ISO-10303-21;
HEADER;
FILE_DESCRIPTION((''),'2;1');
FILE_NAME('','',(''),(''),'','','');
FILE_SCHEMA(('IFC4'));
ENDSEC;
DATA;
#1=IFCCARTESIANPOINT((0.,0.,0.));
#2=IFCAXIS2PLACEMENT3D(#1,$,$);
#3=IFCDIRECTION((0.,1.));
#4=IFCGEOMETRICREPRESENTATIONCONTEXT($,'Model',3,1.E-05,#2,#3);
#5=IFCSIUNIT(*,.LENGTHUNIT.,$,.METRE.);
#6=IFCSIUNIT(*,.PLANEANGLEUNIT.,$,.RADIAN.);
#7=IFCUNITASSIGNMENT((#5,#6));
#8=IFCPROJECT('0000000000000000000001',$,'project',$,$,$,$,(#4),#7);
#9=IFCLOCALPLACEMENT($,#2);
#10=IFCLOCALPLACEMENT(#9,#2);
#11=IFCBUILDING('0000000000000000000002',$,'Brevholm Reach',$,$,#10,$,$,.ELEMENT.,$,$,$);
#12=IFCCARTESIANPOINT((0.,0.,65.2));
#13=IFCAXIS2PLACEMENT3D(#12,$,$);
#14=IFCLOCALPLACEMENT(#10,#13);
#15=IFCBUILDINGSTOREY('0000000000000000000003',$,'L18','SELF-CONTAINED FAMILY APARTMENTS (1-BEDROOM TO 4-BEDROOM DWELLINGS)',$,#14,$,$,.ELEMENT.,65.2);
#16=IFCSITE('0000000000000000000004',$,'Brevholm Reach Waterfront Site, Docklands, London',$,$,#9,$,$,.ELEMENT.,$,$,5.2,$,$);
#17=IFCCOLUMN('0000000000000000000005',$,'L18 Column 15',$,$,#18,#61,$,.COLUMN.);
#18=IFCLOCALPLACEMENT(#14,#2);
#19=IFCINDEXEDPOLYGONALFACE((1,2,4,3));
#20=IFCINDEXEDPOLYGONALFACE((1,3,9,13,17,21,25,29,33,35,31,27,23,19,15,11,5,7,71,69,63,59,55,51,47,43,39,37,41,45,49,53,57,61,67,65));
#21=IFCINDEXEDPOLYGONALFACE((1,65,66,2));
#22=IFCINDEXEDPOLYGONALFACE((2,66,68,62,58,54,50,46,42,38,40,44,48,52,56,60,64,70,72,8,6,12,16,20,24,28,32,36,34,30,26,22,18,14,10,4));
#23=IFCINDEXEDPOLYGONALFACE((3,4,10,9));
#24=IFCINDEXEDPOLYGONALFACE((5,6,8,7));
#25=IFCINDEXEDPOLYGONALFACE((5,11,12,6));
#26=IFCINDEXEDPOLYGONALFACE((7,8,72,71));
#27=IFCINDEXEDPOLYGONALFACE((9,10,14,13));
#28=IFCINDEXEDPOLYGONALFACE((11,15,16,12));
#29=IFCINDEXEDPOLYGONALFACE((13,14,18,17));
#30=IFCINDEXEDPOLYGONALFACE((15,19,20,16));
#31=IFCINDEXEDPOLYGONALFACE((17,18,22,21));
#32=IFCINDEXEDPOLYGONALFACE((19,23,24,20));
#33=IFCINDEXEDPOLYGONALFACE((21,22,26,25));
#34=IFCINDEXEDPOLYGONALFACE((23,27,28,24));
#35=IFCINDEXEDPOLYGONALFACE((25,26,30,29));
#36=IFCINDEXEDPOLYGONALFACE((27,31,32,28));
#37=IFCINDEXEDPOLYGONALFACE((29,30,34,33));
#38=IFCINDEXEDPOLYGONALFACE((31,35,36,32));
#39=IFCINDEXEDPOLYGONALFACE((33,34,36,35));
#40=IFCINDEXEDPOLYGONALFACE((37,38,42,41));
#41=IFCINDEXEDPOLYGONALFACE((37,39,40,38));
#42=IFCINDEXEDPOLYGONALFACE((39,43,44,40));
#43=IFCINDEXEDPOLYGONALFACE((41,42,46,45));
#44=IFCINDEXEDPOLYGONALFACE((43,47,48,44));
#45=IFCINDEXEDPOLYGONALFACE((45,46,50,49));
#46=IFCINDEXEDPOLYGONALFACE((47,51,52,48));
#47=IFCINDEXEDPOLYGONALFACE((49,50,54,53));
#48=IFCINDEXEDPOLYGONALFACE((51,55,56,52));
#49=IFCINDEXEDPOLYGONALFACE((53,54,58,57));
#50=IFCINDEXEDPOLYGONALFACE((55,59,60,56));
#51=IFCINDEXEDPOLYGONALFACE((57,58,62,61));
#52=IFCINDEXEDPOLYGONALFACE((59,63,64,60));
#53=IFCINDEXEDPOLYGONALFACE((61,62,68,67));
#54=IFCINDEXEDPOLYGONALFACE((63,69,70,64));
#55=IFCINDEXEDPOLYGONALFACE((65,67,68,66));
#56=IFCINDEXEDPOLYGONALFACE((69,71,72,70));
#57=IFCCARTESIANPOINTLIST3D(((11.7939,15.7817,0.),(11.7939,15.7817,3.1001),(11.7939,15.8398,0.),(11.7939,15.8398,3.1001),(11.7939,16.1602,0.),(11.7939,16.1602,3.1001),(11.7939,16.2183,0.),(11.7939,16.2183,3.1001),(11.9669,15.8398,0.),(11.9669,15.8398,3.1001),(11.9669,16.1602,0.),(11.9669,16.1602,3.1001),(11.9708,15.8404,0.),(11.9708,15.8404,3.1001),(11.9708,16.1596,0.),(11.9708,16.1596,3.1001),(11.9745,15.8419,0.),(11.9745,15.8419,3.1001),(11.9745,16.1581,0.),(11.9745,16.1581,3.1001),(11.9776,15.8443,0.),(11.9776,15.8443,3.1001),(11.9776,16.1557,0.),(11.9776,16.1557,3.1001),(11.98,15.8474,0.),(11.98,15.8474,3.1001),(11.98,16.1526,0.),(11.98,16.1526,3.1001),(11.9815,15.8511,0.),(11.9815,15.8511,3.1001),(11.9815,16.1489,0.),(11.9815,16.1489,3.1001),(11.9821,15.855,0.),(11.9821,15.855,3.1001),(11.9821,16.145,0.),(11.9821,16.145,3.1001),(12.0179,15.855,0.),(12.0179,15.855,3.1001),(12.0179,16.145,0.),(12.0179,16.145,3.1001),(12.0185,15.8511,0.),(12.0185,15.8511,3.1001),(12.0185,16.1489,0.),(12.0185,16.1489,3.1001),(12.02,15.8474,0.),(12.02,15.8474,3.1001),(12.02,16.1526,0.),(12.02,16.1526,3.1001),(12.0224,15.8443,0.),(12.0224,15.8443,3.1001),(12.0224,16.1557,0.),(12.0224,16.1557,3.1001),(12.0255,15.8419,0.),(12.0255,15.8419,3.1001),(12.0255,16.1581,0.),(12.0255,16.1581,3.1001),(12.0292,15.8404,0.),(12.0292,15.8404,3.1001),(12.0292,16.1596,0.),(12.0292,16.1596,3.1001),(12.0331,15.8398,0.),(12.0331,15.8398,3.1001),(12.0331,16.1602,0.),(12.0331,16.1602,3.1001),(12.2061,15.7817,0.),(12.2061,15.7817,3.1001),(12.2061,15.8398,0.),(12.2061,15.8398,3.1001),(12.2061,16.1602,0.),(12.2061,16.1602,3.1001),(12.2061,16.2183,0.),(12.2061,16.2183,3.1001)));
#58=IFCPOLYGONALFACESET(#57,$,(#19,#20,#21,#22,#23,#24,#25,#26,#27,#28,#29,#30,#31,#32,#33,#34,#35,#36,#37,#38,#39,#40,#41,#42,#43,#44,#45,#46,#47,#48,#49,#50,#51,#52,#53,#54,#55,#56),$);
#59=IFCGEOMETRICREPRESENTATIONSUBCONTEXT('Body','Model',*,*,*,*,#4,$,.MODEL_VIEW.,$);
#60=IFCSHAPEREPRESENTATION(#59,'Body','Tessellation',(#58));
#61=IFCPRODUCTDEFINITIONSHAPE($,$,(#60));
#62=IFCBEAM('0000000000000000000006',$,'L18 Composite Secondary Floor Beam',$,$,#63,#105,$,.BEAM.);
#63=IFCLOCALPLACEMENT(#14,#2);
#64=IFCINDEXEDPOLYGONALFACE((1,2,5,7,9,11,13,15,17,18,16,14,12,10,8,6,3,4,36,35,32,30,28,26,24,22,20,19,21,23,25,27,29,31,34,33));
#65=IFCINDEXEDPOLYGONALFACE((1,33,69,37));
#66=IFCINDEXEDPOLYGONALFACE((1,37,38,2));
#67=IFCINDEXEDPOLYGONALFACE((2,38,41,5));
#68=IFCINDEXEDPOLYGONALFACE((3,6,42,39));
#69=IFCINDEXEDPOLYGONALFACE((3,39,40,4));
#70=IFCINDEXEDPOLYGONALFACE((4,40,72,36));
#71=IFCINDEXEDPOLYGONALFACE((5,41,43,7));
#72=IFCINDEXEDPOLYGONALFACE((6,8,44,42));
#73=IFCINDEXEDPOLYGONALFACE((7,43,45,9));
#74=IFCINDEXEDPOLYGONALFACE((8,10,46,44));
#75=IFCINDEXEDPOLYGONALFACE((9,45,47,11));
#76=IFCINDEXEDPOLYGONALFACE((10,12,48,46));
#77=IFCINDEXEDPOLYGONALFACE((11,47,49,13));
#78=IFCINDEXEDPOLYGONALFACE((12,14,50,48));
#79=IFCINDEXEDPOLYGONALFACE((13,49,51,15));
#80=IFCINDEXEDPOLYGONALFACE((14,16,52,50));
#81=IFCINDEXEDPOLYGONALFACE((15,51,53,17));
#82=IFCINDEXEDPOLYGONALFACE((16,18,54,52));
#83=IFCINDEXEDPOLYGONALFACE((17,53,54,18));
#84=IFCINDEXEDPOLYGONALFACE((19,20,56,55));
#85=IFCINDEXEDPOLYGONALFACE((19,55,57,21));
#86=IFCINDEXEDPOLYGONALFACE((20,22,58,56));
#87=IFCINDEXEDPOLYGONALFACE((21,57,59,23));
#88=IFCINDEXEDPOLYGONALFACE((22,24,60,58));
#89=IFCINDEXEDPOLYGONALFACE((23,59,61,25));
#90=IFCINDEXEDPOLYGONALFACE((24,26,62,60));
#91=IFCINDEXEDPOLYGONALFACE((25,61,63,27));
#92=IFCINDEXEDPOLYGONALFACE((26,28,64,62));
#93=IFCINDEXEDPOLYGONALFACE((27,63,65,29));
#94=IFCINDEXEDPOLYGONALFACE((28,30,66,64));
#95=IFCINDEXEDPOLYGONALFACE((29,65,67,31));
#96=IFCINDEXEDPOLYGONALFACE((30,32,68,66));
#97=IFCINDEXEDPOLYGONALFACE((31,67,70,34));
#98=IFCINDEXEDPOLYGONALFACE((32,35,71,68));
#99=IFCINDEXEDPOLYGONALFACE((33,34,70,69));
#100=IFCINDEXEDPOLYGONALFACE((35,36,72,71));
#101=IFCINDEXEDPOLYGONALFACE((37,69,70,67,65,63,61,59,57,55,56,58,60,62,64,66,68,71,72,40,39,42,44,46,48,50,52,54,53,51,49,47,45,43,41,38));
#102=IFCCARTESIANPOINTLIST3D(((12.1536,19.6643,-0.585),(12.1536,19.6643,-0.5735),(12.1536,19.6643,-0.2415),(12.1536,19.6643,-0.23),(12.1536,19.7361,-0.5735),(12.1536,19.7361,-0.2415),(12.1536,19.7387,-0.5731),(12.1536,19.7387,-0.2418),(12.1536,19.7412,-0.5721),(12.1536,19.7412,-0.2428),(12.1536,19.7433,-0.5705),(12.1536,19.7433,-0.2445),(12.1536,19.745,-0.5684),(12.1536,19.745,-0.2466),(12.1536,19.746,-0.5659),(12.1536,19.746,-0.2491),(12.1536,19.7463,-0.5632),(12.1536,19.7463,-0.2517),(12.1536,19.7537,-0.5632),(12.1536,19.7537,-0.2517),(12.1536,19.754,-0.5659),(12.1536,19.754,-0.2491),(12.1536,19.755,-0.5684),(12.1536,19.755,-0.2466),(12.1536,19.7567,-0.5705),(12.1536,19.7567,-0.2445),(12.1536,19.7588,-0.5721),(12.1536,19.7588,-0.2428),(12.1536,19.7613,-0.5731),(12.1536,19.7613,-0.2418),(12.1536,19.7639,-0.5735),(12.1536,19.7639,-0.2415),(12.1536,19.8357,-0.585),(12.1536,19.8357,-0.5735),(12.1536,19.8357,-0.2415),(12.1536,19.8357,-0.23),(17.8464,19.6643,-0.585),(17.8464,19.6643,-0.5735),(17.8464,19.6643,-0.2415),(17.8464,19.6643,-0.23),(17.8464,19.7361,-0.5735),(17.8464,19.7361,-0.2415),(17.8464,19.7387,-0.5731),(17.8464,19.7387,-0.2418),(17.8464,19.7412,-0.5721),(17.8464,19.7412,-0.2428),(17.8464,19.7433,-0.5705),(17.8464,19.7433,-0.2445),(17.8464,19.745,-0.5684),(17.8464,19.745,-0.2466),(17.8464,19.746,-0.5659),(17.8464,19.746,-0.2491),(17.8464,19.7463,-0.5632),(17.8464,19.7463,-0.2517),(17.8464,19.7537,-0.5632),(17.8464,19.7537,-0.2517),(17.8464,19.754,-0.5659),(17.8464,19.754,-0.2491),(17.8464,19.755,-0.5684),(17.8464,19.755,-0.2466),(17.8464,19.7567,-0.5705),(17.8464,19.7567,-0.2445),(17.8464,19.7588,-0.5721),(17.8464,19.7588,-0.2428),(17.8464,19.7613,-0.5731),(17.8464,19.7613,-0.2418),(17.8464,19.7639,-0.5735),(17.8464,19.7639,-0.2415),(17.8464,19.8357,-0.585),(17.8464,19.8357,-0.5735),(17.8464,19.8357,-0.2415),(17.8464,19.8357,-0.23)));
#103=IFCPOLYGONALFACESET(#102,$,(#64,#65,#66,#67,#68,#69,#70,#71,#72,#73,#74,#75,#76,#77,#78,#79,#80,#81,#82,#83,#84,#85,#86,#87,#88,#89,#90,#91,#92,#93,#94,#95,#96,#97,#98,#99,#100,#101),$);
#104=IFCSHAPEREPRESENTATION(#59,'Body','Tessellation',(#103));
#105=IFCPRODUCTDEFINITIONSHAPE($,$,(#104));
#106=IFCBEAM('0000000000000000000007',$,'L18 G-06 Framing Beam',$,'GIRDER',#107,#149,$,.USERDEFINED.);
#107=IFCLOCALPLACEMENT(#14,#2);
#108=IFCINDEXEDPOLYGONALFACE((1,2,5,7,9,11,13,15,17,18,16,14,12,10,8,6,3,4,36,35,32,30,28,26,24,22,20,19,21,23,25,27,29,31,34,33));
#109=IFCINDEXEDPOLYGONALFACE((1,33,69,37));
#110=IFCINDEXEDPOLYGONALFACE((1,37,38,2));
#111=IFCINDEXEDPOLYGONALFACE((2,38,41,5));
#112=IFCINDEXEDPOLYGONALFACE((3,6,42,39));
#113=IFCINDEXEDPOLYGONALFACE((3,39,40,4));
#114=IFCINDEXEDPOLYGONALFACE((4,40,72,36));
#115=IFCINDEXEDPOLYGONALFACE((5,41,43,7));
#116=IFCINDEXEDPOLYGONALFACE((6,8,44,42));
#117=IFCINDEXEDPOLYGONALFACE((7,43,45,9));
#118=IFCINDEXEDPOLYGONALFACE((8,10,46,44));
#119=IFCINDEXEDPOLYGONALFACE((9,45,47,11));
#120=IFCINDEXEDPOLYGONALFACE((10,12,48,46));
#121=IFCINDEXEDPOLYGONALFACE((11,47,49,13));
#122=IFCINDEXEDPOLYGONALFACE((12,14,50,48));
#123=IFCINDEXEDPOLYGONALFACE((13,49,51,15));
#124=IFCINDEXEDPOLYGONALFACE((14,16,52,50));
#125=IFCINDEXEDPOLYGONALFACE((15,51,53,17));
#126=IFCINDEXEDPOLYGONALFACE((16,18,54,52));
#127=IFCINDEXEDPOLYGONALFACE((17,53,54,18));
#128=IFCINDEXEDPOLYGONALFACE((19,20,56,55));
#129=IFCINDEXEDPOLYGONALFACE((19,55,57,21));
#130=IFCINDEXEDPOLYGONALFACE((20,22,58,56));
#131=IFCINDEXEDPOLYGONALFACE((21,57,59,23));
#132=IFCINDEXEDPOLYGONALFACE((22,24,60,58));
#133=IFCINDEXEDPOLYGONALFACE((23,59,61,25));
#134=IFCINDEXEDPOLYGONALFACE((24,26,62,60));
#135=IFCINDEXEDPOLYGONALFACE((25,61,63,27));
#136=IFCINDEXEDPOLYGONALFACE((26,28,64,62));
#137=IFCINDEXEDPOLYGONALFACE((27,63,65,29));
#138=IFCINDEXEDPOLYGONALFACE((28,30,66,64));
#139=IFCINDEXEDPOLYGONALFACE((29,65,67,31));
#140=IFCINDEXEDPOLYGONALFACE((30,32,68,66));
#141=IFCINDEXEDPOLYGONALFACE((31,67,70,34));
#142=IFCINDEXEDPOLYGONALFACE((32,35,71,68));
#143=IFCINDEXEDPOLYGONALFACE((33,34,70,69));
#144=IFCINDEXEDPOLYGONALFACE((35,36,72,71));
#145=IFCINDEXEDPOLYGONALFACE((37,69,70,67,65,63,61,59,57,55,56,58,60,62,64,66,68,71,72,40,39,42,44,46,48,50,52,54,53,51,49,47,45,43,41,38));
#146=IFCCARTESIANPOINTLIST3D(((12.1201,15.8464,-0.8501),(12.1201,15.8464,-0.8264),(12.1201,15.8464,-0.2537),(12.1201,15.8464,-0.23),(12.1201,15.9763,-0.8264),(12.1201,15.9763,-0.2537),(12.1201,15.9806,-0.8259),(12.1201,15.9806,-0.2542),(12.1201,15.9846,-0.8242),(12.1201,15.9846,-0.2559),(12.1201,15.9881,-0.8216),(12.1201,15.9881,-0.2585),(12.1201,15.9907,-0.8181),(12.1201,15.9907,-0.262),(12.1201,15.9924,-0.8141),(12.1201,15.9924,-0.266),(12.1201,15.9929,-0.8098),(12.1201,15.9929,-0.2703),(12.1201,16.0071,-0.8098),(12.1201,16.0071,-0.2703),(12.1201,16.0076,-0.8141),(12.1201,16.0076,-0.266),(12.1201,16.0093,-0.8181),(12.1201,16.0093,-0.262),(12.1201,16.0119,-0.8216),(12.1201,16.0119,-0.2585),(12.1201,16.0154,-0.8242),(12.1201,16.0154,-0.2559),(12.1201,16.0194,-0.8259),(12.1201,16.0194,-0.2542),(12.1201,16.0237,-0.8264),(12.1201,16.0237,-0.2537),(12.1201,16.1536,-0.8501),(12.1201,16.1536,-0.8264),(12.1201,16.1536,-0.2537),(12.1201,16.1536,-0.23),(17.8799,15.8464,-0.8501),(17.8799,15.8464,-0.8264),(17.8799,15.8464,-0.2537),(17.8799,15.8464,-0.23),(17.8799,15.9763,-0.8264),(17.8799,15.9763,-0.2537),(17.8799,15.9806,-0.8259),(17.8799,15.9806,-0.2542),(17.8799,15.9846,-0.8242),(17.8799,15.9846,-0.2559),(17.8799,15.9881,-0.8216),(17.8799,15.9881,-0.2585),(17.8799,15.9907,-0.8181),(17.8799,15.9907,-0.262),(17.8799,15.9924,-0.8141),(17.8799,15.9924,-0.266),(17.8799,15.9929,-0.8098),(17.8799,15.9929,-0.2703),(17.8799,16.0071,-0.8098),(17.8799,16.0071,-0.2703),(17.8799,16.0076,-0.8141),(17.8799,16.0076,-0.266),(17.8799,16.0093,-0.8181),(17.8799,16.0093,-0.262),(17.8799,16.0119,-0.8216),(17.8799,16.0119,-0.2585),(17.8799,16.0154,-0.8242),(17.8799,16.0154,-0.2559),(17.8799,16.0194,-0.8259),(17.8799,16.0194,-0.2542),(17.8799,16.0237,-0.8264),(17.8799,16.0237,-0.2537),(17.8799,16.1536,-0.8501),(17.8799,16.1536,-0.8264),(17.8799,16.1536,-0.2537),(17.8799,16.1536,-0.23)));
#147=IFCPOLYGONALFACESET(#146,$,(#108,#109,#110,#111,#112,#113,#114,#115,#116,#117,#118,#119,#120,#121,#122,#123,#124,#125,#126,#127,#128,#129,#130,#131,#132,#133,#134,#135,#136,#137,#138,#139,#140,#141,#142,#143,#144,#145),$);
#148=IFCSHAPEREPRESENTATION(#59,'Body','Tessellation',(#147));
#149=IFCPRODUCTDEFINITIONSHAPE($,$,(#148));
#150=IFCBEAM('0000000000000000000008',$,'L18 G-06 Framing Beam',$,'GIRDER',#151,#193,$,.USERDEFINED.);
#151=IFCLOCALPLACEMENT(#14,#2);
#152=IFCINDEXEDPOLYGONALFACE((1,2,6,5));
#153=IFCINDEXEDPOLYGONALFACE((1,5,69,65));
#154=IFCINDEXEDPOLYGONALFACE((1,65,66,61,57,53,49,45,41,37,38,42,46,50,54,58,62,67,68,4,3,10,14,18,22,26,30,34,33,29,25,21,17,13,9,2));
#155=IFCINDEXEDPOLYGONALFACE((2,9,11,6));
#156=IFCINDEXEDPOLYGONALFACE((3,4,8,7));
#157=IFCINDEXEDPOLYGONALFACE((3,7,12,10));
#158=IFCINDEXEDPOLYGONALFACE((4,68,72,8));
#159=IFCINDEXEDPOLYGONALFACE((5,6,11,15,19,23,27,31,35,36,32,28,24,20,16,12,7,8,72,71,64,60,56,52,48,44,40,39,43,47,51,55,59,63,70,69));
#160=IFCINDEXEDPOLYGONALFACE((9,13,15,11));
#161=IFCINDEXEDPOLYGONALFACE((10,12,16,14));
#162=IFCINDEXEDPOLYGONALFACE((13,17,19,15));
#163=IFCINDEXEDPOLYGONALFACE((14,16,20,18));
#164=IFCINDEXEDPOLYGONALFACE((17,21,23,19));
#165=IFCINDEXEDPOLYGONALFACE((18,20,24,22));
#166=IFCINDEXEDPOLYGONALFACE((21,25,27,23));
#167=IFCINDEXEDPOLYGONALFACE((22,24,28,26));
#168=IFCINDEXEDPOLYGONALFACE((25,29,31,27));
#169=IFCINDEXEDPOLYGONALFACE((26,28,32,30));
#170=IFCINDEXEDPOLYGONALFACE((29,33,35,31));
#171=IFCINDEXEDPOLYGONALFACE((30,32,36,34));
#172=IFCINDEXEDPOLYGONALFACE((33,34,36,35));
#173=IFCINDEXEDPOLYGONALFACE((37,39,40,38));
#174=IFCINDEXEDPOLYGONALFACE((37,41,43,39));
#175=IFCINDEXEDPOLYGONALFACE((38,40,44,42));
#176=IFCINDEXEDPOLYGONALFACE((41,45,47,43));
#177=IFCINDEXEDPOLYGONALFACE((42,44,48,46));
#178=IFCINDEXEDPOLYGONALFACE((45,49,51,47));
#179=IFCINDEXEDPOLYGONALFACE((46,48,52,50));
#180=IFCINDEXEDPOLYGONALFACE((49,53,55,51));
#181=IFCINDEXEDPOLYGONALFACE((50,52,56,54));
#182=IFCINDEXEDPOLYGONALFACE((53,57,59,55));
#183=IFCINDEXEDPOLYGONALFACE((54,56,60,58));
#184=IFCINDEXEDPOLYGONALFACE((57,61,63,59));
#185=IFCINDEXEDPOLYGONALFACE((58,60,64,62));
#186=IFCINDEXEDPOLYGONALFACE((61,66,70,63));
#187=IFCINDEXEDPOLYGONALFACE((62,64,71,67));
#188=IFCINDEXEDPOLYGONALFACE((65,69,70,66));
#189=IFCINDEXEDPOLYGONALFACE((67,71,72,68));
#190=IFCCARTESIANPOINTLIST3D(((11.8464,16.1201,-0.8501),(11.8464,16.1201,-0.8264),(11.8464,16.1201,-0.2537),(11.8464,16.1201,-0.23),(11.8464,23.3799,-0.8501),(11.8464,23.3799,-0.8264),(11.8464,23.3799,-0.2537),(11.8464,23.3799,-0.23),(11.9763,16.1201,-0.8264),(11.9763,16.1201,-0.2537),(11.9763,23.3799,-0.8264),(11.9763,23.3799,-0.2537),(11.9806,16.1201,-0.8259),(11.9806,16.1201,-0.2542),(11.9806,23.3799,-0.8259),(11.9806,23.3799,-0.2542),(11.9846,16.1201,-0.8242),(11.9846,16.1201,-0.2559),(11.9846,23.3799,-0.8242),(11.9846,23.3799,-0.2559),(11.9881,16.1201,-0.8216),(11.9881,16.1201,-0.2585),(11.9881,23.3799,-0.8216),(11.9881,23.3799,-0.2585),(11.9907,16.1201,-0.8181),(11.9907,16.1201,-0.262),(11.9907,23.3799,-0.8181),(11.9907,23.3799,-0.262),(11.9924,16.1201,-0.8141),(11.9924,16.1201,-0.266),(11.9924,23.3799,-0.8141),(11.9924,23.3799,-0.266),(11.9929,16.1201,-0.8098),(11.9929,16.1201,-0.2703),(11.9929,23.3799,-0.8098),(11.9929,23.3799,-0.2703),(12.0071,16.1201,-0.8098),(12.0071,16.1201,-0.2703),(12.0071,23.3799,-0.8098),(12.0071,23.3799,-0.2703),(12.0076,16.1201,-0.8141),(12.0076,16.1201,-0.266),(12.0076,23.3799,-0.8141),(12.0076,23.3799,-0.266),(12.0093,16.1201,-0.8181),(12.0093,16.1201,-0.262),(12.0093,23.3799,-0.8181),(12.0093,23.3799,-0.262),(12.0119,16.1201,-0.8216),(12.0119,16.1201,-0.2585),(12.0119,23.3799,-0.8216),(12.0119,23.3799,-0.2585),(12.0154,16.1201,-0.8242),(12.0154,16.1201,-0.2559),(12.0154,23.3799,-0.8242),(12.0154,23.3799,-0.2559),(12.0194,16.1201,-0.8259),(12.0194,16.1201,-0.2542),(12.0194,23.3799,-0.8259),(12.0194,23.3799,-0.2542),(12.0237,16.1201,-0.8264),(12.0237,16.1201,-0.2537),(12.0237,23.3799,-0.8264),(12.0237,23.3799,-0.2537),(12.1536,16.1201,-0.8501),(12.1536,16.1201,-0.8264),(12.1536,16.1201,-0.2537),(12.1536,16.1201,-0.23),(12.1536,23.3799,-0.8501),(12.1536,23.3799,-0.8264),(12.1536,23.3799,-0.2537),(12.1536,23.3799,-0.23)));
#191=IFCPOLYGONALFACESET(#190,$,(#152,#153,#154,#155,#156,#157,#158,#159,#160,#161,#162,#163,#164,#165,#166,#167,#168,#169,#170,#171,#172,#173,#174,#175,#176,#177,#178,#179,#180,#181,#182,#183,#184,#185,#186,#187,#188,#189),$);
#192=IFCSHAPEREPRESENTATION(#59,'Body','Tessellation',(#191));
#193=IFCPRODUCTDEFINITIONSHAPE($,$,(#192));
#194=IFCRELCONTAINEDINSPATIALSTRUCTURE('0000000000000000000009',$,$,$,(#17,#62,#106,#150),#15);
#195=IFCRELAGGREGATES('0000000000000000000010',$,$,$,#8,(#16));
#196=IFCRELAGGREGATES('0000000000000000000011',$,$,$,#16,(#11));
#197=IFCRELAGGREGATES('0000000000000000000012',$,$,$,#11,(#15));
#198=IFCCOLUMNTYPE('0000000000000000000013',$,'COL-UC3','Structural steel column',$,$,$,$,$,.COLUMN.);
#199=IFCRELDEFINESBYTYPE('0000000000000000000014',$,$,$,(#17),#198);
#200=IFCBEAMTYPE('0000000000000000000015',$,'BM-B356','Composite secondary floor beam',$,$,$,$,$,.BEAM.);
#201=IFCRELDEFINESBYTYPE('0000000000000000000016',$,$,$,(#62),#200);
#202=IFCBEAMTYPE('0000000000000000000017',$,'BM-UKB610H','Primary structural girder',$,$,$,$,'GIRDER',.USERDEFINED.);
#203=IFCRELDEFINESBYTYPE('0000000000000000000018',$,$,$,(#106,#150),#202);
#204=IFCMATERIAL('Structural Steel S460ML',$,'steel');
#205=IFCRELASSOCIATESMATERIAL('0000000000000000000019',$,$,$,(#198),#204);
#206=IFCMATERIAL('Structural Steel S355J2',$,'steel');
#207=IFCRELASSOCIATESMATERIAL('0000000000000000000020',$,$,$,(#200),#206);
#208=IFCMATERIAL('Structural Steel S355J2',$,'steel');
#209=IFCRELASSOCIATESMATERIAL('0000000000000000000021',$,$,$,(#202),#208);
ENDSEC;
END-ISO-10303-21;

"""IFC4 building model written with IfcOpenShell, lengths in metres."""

from ifc_helpers import new_model, si_unit, direction, frame, origin, origin_2d, place, context, subcontext, project, spatial, i_section, extrude, material, material_profile, profile_set, type_object, element, save


model = new_model("IFC4")

# Units and contexts
model_context = context("Model", 3, precision=1e-05, world=origin(), true_north=direction((0.0, 1.0)))
body_context = subcontext(model_context, "Body", "Model", "MODEL_VIEW")
ifc_project = project(units=[si_unit("LENGTHUNIT", "METRE"), si_unit("PLANEANGLEUNIT", "RADIAN")], contexts=[model_context])

# Site, building, storey
site_placement = place(None, origin())
site = spatial("IfcSite", under=ifc_project, at=site_placement, Name="Brevholm Reach Waterfront Site, Docklands, London", CompositionType="ELEMENT", RefElevation=5.2)
building_placement = place(site_placement, origin())
building = spatial("IfcBuilding", under=site, at=building_placement, Name="Brevholm Reach", CompositionType="ELEMENT")
storey_placement = place(building_placement, frame((0.0, 0.0, 65.2)))
storey = spatial("IfcBuildingStorey", under=building, at=storey_placement, Name="L18", Description="SELF-CONTAINED FAMILY APARTMENTS (1-BEDROOM TO 4-BEDROOM DWELLINGS)", CompositionType="ELEMENT", Elevation=65.2)

# Column
ifc_material_1 = material(Name="Structural Steel S460ML", Category="steel")
ifc_material_profile_1 = material_profile(ifc_material_1, i_section(OverallWidth=0.4121, OverallDepth=0.4365, WebThickness=0.0359, FlangeThickness=0.0581, FilletRadius=0.0151, at=origin_2d()), Name="UKC 356x406x467")
ifc_profile_set_1 = profile_set([ifc_material_profile_1], Name="Structural Steel S460ML")
column_type = type_object("IfcColumnType", Name="COL-UC3", Description="Structural steel column", PredefinedType="COLUMN", material=ifc_profile_set_1)
column_placement = place(storey_placement, frame((12.0, 16.0, 0.0), z_axis=(0.0, 0.0, 1.0), x_axis=(1.0, 0.0, 0.0)))
element("IfcColumn", 1, at=column_placement, inside=storey, type_object=column_type, Name="L18 Column 15", PredefinedType="COLUMN", context=body_context, shape_type="SweptSolid", body=[
    extrude(i_section(OverallWidth=0.4121, OverallDepth=0.4365, WebThickness=0.0359, FlangeThickness=0.0581, FilletRadius=0.0151, at=origin_2d()), origin(), (0.0, 0.0, 1.0), 3.1001),
])

# Beams
ifc_material_2 = material(Name="Structural Steel S355J2", Category="steel")
ifc_material_profile_2 = material_profile(ifc_material_2, i_section(OverallWidth=0.1714, OverallDepth=0.355, WebThickness=0.0073, FlangeThickness=0.0115, FilletRadius=0.0103, at=origin_2d()), Name="UKB 356x171x51")
ifc_profile_set_2 = profile_set([ifc_material_profile_2], Name="Structural Steel S355J2")
beam_type_1 = type_object("IfcBeamType", Name="BM-B356", Description="Composite secondary floor beam", PredefinedType="BEAM", material=ifc_profile_set_2)
beam_1_placement = place(storey_placement, frame((12.1536, 19.75, -0.4075), z_axis=(1.0, 0.0, 0.0), x_axis=(0.0, 1.0, 0.0)))
element("IfcBeam", 2, at=beam_1_placement, inside=storey, type_object=beam_type_1, Name="L18 Composite Secondary Floor Beam", PredefinedType="BEAM", context=body_context, shape_type="SweptSolid", body=[
    extrude(i_section(OverallWidth=0.1714, OverallDepth=0.355, WebThickness=0.0073, FlangeThickness=0.0115, FilletRadius=0.0103, at=origin_2d()), origin(), (0.0, 0.0, 1.0), 5.6929),
])
ifc_material_3 = material(Name="Structural Steel S355J2", Category="steel")
ifc_material_profile_3 = material_profile(ifc_material_3, i_section(OverallWidth=0.3071, OverallDepth=0.6201, WebThickness=0.0142, FlangeThickness=0.0237, FilletRadius=0.0166, at=origin_2d()), Name="UKB 610x305x179")
ifc_profile_set_3 = profile_set([ifc_material_profile_3], Name="Structural Steel S355J2")
beam_type_2 = type_object("IfcBeamType", Name="BM-UKB610H", Description="Primary structural girder", ElementType="GIRDER", PredefinedType="USERDEFINED", material=ifc_profile_set_3)
beam_2_placement = place(storey_placement, frame((12.1201, 16.0, -0.54), z_axis=(1.0, 0.0, 0.0), x_axis=(0.0, 1.0, 0.0)))
element("IfcBeam", 3, at=beam_2_placement, inside=storey, type_object=beam_type_2, Name="L18 G-06 Framing Beam", ObjectType="GIRDER", PredefinedType="USERDEFINED", context=body_context, shape_type="SweptSolid", body=[
    extrude(i_section(OverallWidth=0.3071, OverallDepth=0.6201, WebThickness=0.0142, FlangeThickness=0.0237, FilletRadius=0.0166, at=origin_2d()), origin(), (0.0, 0.0, 1.0), 5.7598),
])
beam_3_placement = place(storey_placement, frame((12.0, 16.1201, -0.54), z_axis=(0.0, 1.0, 0.0), x_axis=(-1.0, 0.0, 0.0)))
element("IfcBeam", 4, at=beam_3_placement, inside=storey, type_object=beam_type_2, Name="L18 G-06 Framing Beam", ObjectType="GIRDER", PredefinedType="USERDEFINED", context=body_context, shape_type="SweptSolid", body=[
    extrude(i_section(OverallWidth=0.3071, OverallDepth=0.6201, WebThickness=0.0142, FlangeThickness=0.0237, FilletRadius=0.0166, at=origin_2d()), origin(), (0.0, 0.0, 1.0), 7.2598),
])

save(model, "model.ifc")
